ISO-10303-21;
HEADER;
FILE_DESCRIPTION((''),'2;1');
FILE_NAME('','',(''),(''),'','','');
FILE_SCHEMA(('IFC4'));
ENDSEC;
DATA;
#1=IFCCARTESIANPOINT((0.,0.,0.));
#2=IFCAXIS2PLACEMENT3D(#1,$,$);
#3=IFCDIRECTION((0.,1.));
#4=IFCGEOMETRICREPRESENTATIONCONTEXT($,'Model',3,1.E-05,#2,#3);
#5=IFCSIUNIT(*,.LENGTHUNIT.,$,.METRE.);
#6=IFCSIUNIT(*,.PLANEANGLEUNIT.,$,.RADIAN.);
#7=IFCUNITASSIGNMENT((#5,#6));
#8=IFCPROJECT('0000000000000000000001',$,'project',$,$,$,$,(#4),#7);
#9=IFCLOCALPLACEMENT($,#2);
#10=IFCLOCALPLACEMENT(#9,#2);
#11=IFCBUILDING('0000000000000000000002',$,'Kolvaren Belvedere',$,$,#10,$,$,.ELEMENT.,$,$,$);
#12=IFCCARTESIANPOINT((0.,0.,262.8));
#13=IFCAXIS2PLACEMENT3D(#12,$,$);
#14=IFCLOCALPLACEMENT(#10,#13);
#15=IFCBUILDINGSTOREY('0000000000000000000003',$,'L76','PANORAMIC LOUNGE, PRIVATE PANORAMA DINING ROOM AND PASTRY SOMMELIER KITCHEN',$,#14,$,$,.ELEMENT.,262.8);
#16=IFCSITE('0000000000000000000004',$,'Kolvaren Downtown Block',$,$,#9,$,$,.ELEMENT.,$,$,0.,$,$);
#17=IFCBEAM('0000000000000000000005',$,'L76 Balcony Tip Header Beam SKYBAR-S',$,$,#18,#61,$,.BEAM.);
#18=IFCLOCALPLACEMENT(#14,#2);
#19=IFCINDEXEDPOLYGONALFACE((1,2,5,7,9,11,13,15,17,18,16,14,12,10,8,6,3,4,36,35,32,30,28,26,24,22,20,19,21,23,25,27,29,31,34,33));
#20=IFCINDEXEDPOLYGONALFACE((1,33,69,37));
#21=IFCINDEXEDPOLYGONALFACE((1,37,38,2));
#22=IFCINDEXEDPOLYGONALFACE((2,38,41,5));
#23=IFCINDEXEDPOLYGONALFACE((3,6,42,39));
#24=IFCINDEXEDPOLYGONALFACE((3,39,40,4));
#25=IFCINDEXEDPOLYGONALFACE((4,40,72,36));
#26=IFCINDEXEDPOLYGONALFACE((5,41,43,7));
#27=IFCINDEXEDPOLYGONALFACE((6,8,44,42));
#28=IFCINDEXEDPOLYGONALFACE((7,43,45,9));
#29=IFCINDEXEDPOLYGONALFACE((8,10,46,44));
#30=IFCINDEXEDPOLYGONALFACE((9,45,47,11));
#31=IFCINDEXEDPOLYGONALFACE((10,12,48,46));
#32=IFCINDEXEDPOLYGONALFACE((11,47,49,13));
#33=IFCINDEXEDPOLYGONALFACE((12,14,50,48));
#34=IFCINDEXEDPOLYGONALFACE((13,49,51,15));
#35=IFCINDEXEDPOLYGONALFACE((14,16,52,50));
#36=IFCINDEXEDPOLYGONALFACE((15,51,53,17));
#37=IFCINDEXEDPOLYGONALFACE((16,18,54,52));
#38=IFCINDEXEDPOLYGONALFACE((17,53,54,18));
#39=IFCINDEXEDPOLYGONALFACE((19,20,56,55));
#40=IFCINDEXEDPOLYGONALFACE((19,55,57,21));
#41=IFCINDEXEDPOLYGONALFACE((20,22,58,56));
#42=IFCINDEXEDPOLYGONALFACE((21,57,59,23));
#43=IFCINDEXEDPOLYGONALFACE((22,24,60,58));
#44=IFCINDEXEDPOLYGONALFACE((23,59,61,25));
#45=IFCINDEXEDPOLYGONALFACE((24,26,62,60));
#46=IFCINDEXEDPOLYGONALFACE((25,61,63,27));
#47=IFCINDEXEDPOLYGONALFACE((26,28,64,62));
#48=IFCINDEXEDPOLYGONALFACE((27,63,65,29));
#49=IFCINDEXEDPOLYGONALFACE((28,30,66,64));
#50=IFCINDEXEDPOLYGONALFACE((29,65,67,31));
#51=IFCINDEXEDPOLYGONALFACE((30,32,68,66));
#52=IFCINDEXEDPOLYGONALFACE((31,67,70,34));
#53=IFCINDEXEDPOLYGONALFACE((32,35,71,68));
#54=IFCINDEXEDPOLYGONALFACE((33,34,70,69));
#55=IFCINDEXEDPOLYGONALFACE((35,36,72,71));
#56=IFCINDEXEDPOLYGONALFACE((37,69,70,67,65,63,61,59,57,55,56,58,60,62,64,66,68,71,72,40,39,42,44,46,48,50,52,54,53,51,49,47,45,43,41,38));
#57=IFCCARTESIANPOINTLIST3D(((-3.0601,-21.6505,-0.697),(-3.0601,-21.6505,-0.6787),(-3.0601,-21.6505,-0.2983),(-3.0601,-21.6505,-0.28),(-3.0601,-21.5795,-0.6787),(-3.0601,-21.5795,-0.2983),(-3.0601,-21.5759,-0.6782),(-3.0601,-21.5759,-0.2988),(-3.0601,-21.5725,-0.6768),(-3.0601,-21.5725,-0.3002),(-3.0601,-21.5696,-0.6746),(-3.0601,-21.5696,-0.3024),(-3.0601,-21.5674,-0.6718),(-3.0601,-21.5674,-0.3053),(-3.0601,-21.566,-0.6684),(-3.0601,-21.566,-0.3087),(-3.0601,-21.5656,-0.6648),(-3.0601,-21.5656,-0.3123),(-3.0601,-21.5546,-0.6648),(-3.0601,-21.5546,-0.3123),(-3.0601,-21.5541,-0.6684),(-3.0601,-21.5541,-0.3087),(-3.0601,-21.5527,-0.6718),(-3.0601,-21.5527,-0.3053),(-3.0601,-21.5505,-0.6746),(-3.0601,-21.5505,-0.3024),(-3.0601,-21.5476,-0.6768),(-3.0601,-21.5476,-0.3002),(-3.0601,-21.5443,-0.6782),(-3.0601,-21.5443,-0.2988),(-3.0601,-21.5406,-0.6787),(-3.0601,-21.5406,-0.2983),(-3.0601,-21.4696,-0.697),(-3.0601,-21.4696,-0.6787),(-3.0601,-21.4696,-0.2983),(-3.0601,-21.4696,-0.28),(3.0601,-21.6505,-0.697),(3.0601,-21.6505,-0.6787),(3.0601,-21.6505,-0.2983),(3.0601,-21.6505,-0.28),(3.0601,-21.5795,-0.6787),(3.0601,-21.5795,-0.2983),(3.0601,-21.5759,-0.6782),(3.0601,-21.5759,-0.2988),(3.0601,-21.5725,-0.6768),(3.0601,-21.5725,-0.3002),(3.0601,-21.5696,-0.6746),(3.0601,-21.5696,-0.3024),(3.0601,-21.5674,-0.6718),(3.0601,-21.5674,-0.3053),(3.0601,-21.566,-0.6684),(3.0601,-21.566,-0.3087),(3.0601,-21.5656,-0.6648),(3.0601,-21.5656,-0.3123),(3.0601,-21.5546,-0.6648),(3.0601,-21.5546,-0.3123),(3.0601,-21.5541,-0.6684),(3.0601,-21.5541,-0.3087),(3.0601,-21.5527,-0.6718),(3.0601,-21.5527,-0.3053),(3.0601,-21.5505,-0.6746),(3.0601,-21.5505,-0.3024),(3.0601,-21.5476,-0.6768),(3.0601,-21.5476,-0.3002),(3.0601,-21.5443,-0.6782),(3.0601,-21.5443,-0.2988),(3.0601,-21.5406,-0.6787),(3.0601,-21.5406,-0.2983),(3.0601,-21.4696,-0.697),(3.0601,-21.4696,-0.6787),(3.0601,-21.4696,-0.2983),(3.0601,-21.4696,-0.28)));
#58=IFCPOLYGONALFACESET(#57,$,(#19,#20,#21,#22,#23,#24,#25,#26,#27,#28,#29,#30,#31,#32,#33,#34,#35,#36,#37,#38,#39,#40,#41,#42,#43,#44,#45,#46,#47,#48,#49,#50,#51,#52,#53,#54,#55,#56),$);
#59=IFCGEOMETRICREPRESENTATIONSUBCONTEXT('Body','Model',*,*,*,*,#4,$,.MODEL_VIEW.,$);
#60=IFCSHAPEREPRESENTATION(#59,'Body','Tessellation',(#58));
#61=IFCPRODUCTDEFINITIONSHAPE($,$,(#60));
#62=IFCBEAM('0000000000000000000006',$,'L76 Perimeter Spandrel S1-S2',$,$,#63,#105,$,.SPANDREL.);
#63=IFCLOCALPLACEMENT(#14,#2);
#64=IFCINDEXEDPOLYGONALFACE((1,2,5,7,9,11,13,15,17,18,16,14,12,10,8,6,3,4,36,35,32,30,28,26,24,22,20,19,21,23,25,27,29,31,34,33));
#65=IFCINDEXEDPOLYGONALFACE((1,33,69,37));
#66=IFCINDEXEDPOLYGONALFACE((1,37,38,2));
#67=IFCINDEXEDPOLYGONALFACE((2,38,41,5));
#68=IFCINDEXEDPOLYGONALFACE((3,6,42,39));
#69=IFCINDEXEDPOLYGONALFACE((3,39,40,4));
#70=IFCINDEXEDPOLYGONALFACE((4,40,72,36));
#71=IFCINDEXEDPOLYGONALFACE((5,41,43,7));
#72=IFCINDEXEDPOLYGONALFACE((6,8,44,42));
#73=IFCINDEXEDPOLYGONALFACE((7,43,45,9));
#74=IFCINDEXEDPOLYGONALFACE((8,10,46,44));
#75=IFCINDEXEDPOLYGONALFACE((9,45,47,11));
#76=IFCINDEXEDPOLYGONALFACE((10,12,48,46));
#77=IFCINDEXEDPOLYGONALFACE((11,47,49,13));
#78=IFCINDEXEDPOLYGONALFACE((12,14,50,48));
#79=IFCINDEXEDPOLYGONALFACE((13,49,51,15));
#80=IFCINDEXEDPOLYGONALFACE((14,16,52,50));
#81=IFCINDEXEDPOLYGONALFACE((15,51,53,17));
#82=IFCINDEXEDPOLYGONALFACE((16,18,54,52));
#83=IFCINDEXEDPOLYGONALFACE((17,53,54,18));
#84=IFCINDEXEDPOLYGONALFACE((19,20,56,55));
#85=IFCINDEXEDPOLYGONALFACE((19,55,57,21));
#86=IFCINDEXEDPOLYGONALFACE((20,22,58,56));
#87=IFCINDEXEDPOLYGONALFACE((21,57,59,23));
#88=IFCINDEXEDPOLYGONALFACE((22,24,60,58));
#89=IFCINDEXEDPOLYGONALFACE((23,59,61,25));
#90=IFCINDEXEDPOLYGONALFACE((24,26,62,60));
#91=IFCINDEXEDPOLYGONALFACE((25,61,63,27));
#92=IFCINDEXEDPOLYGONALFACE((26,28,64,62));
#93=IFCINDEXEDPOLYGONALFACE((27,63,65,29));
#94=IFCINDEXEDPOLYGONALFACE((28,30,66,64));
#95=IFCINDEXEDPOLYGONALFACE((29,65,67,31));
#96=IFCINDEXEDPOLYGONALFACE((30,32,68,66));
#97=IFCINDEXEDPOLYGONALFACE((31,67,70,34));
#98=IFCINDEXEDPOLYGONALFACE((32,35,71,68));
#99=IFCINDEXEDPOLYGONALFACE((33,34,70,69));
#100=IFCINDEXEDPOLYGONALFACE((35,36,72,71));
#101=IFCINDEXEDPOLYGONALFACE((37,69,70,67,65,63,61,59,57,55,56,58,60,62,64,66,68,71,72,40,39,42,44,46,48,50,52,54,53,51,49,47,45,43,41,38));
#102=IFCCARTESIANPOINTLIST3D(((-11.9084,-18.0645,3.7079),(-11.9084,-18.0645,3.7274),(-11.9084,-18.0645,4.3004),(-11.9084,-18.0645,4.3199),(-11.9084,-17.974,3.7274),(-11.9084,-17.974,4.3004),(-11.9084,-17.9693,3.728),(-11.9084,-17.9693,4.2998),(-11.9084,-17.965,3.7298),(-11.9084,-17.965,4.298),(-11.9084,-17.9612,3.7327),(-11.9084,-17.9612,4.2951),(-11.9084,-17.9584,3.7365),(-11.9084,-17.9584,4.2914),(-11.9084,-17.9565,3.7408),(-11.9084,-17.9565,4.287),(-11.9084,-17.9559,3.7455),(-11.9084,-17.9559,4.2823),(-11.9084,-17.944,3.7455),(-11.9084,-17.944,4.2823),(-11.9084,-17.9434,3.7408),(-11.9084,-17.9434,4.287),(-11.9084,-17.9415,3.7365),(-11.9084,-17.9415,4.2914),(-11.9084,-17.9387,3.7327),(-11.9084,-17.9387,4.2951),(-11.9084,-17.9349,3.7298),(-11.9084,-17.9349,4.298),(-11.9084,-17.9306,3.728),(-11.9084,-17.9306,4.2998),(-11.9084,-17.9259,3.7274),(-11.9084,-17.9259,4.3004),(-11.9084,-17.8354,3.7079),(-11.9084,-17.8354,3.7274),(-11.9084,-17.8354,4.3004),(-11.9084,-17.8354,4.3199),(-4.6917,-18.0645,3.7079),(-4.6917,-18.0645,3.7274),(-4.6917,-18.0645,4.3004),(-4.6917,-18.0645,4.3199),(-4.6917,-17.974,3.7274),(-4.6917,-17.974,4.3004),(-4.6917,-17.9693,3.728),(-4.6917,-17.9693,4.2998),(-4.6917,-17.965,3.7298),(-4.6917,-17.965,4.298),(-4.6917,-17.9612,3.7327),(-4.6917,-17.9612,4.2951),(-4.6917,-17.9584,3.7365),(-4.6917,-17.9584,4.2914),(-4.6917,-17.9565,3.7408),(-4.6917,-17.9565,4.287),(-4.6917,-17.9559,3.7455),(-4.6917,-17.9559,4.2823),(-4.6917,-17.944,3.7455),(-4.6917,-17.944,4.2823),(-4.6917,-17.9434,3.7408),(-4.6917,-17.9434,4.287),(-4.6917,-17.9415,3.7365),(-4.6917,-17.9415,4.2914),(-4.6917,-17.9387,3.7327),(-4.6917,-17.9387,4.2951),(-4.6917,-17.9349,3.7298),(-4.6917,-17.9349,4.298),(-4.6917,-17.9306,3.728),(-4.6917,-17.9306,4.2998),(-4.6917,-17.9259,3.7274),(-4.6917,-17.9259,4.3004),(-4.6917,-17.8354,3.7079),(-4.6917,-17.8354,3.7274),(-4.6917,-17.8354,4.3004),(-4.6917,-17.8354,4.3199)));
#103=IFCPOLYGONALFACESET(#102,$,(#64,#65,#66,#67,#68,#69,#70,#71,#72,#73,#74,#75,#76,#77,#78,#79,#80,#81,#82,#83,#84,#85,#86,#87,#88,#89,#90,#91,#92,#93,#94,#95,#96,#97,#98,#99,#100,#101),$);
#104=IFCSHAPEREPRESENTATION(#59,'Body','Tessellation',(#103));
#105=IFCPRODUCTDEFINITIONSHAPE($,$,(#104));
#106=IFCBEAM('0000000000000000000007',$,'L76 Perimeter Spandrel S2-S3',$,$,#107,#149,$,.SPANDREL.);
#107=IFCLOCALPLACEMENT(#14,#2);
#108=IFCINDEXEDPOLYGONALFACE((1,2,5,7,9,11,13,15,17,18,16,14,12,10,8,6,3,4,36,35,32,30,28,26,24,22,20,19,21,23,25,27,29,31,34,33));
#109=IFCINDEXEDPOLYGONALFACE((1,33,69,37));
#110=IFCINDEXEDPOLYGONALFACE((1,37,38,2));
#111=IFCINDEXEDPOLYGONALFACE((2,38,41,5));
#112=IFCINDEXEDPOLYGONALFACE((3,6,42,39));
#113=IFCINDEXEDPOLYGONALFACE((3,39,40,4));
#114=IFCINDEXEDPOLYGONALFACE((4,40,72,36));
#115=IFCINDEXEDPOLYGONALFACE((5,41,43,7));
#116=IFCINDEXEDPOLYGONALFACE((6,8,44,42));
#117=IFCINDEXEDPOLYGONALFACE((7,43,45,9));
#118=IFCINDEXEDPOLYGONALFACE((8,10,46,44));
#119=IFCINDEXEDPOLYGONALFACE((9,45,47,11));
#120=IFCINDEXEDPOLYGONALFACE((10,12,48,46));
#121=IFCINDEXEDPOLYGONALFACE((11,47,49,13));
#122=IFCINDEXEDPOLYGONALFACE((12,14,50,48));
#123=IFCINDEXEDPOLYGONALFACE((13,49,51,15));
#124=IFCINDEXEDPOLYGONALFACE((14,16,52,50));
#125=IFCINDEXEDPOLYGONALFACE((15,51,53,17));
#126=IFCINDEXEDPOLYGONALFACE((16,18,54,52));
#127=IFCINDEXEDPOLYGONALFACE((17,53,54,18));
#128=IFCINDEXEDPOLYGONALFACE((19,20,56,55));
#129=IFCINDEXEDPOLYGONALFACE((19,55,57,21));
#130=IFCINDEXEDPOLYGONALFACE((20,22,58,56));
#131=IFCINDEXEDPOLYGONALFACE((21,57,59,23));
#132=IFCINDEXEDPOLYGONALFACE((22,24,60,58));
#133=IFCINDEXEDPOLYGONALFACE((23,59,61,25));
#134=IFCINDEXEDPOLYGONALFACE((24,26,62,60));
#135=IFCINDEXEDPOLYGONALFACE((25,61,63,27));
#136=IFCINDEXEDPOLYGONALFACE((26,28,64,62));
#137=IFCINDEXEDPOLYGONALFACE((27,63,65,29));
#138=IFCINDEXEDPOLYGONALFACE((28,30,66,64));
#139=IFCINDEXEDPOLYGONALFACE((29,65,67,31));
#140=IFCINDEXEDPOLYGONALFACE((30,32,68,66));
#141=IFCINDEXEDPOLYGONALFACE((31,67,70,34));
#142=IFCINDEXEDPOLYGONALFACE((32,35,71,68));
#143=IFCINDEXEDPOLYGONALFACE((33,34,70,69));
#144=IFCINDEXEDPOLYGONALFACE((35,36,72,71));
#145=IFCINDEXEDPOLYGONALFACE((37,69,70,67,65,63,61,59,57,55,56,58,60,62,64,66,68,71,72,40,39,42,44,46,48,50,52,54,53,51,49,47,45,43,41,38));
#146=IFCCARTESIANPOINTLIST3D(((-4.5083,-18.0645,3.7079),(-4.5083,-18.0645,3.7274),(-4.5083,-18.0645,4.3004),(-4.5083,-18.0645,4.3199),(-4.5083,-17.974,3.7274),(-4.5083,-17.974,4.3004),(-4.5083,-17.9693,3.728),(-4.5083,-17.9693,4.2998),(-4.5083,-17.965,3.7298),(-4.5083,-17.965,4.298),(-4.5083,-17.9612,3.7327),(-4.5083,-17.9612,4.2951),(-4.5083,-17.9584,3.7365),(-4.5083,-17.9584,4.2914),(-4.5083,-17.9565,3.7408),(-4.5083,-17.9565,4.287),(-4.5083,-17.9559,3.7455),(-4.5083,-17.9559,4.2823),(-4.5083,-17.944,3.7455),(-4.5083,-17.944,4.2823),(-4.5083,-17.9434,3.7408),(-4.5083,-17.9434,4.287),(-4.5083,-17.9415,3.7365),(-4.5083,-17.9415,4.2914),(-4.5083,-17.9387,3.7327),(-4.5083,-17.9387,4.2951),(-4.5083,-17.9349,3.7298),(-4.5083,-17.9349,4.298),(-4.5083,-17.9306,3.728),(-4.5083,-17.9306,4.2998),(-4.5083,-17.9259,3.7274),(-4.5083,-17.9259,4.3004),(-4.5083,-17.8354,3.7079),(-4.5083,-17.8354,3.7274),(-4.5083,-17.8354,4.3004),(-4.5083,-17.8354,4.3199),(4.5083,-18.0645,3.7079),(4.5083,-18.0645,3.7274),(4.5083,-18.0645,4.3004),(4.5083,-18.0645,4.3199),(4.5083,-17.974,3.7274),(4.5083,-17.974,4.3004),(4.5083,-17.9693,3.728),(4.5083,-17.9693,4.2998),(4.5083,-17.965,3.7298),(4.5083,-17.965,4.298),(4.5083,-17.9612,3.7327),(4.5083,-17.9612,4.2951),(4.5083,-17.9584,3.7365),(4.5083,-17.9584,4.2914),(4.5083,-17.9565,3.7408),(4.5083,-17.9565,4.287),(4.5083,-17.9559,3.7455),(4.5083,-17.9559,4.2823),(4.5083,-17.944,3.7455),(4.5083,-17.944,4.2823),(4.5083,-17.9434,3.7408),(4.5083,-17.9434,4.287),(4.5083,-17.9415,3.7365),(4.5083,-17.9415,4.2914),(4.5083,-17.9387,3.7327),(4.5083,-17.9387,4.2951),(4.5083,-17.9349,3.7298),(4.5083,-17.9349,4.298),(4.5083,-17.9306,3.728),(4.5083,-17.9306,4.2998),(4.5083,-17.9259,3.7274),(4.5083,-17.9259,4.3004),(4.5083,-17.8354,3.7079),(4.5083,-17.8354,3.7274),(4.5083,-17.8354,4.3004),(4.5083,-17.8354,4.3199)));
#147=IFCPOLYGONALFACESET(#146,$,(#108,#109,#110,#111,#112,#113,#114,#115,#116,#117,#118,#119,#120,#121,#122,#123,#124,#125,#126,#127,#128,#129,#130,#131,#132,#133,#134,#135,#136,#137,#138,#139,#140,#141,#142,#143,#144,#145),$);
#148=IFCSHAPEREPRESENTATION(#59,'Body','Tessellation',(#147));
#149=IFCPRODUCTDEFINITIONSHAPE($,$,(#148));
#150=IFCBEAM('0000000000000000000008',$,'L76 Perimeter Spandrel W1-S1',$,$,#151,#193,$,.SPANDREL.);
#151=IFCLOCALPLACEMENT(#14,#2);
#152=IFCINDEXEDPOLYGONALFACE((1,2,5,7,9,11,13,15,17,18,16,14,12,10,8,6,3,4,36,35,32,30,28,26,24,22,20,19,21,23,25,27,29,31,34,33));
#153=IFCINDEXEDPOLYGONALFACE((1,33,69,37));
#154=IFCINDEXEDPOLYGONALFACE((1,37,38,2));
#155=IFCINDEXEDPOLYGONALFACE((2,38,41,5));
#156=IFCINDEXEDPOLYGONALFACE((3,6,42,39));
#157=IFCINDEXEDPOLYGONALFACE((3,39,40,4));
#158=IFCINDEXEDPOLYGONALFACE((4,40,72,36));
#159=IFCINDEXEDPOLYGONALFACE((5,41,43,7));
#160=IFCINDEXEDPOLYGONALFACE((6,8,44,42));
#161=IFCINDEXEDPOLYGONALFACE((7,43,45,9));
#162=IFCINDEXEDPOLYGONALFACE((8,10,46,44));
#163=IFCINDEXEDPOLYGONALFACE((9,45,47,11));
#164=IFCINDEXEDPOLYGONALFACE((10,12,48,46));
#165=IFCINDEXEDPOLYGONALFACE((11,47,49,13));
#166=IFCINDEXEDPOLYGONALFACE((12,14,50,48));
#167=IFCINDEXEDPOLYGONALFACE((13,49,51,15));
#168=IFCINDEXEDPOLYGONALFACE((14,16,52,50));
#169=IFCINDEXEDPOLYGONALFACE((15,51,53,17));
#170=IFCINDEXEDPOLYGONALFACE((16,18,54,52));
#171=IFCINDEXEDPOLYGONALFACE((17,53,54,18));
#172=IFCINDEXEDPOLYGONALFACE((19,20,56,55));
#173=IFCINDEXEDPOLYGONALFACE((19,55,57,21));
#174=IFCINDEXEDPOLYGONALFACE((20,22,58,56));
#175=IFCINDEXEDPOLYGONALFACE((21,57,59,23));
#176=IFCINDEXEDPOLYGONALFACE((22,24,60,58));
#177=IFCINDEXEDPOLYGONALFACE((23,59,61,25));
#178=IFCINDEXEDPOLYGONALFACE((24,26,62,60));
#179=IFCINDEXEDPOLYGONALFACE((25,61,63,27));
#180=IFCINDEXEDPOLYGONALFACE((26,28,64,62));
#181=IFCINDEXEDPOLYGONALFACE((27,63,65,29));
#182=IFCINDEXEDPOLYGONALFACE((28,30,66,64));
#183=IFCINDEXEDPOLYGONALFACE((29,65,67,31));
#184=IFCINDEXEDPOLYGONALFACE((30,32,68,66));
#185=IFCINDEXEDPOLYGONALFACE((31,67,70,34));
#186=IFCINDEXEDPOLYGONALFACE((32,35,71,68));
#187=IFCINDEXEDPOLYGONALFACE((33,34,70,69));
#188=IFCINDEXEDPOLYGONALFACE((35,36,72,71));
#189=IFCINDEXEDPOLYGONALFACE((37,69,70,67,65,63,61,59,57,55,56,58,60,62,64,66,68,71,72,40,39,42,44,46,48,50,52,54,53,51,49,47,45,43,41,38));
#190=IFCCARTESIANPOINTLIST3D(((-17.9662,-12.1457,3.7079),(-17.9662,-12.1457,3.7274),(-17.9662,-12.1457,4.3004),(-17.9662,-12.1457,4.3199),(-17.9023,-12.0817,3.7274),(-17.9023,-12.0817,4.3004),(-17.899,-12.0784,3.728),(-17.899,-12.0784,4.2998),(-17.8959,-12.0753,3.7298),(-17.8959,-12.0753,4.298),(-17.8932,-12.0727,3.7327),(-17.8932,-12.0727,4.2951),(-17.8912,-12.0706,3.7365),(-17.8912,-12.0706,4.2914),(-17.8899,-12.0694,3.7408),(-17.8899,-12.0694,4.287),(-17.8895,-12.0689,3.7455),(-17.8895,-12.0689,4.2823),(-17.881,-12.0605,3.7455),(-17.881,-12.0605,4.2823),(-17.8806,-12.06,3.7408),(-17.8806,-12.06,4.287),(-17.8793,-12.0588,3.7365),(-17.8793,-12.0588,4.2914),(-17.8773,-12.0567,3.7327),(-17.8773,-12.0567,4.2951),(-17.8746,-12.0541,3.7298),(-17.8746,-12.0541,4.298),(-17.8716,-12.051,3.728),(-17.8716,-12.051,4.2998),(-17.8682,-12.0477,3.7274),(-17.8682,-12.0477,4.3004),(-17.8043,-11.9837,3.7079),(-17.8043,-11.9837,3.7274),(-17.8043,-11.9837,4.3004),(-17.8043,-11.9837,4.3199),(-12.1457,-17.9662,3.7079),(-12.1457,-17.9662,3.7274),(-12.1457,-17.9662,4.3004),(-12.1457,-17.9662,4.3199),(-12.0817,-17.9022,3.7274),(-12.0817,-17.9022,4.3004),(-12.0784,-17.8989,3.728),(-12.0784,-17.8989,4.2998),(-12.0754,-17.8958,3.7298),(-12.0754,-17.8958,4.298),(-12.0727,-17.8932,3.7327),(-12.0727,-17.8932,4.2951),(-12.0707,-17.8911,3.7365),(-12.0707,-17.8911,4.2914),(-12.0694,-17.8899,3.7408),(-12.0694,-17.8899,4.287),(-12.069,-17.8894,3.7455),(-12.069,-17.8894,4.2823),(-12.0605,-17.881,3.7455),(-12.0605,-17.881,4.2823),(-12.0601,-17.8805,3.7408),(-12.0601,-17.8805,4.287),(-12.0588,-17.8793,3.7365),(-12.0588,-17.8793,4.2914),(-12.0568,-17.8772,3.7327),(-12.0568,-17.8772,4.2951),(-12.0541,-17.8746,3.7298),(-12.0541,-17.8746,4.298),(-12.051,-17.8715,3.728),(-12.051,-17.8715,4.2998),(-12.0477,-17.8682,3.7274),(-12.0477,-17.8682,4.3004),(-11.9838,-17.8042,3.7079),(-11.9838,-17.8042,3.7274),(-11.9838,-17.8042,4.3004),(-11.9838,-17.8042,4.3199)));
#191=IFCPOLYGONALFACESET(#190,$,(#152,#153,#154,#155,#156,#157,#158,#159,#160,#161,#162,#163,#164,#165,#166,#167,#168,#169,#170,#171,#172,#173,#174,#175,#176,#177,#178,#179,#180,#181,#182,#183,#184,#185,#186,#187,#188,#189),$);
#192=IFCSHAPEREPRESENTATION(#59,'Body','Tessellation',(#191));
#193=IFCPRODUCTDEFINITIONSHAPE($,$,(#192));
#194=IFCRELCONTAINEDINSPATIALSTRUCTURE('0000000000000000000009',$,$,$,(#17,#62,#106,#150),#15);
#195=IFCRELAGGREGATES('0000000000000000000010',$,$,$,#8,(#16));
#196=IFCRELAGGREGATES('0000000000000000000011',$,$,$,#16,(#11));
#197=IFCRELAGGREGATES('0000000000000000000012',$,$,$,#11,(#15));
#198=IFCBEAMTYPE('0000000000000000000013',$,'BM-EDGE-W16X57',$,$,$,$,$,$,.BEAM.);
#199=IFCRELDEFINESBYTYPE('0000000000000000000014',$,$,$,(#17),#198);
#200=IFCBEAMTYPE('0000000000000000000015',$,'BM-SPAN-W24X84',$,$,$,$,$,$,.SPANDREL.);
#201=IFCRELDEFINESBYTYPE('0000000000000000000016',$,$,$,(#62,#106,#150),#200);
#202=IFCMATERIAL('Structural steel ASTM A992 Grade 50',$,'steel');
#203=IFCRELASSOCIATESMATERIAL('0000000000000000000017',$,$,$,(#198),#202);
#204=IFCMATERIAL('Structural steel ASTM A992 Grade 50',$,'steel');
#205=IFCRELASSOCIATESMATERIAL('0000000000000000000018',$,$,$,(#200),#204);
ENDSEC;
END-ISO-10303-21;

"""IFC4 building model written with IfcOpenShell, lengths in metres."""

from ifc_helpers import new_model, si_unit, direction, frame, origin, origin_2d, place, context, subcontext, project, spatial, i_section, extrude, material, material_profile, profile_set, type_object, element, save


model = new_model("IFC4")

# Units and contexts
model_context = context("Model", 3, precision=1e-05, world=origin(), true_north=direction((0.0, 1.0)))
body_context = subcontext(model_context, "Body", "Model", "MODEL_VIEW")
ifc_project = project(units=[si_unit("LENGTHUNIT", "METRE"), si_unit("PLANEANGLEUNIT", "RADIAN")], contexts=[model_context])

# Site, building, storey
site_placement = place(None, origin())
site = spatial("IfcSite", under=ifc_project, at=site_placement, Name="Kolvaren Downtown Block", CompositionType="ELEMENT", RefElevation=0.0)
building_placement = place(site_placement, origin())
building = spatial("IfcBuilding", under=site, at=building_placement, Name="Kolvaren Belvedere", CompositionType="ELEMENT")
storey_placement = place(building_placement, frame((0.0, 0.0, 262.8)))
storey = spatial("IfcBuildingStorey", under=building, at=storey_placement, Name="L76", Description="PANORAMIC LOUNGE, PRIVATE PANORAMA DINING ROOM AND PASTRY SOMMELIER KITCHEN", CompositionType="ELEMENT", Elevation=262.8)

# Beams
ifc_material_1 = material(Name="Structural steel ASTM A992 Grade 50", Category="steel")
ifc_material_profile_1 = material_profile(ifc_material_1, i_section(OverallWidth=0.1809, OverallDepth=0.417, WebThickness=0.011, FlangeThickness=0.0183, FilletRadius=0.0139, at=origin_2d()), Name="W16X57")
ifc_profile_set_1 = profile_set([ifc_material_profile_1], Name="Structural steel ASTM A992 Grade 50")
beam_type_1 = type_object("IfcBeamType", Name="BM-EDGE-W16X57", PredefinedType="BEAM", material=ifc_profile_set_1)
beam_1_placement = place(storey_placement, frame((-3.0601, -21.5601, -0.4885), z_axis=(1.0, 0.0, 0.0), x_axis=(0.0, 1.0, 0.0)))
element("IfcBeam", 1, at=beam_1_placement, inside=storey, type_object=beam_type_1, Name="L76 Balcony Tip Header Beam SKYBAR-S", PredefinedType="BEAM", context=body_context, shape_type="SweptSolid", body=[
    extrude(i_section(OverallWidth=0.1809, OverallDepth=0.417, WebThickness=0.011, FlangeThickness=0.0183, FilletRadius=0.0139, at=origin_2d()), origin(), (0.0, 0.0, 1.0), 6.1201),
])
ifc_material_2 = material(Name="Structural steel ASTM A992 Grade 50", Category="steel")
ifc_material_profile_2 = material_profile(ifc_material_2, i_section(OverallWidth=0.229, OverallDepth=0.6121, WebThickness=0.012, FlangeThickness=0.0195, FilletRadius=0.0181, at=origin_2d()), Name="W24X84")
ifc_profile_set_2 = profile_set([ifc_material_profile_2], Name="Structural steel ASTM A992 Grade 50")
beam_type_2 = type_object("IfcBeamType", Name="BM-SPAN-W24X84", PredefinedType="SPANDREL", material=ifc_profile_set_2)
beam_2_placement = place(storey_placement, frame((-11.9084, -17.95, 4.0139), z_axis=(1.0, 0.0, 0.0), x_axis=(0.0, 1.0, 0.0)))
element("IfcBeam", 2, at=beam_2_placement, inside=storey, type_object=beam_type_2, Name="L76 Perimeter Spandrel S1-S2", PredefinedType="SPANDREL", context=body_context, shape_type="SweptSolid", body=[
    extrude(i_section(OverallWidth=0.229, OverallDepth=0.6121, WebThickness=0.012, FlangeThickness=0.0195, FilletRadius=0.0181, at=origin_2d()), origin(), (0.0, 0.0, 1.0), 7.2168),
])
beam_3_placement = place(storey_placement, frame((-4.5083, -17.95, 4.0139), z_axis=(1.0, 0.0, 0.0), x_axis=(0.0, 1.0, 0.0)))
element("IfcBeam", 3, at=beam_3_placement, inside=storey, type_object=beam_type_2, Name="L76 Perimeter Spandrel S2-S3", PredefinedType="SPANDREL", context=body_context, shape_type="SweptSolid", body=[
    extrude(i_section(OverallWidth=0.229, OverallDepth=0.6121, WebThickness=0.012, FlangeThickness=0.0195, FilletRadius=0.0181, at=origin_2d()), origin(), (0.0, 0.0, 1.0), 9.0166),
])
beam_4_placement = place(storey_placement, frame((-17.8853, -12.0647, 4.0139), z_axis=(0.707107, -0.707107, 0.0), x_axis=(0.707107, 0.707107, 0.0)))
element("IfcBeam", 4, at=beam_4_placement, inside=storey, type_object=beam_type_2, Name="L76 Perimeter Spandrel W1-S1", PredefinedType="SPANDREL", context=body_context, shape_type="SweptSolid", body=[
    extrude(i_section(OverallWidth=0.229, OverallDepth=0.6121, WebThickness=0.012, FlangeThickness=0.0195, FilletRadius=0.0181, at=origin_2d()), origin(), (0.0, 0.0, 1.0), 8.2314),
])

save(model, "model.ifc")
